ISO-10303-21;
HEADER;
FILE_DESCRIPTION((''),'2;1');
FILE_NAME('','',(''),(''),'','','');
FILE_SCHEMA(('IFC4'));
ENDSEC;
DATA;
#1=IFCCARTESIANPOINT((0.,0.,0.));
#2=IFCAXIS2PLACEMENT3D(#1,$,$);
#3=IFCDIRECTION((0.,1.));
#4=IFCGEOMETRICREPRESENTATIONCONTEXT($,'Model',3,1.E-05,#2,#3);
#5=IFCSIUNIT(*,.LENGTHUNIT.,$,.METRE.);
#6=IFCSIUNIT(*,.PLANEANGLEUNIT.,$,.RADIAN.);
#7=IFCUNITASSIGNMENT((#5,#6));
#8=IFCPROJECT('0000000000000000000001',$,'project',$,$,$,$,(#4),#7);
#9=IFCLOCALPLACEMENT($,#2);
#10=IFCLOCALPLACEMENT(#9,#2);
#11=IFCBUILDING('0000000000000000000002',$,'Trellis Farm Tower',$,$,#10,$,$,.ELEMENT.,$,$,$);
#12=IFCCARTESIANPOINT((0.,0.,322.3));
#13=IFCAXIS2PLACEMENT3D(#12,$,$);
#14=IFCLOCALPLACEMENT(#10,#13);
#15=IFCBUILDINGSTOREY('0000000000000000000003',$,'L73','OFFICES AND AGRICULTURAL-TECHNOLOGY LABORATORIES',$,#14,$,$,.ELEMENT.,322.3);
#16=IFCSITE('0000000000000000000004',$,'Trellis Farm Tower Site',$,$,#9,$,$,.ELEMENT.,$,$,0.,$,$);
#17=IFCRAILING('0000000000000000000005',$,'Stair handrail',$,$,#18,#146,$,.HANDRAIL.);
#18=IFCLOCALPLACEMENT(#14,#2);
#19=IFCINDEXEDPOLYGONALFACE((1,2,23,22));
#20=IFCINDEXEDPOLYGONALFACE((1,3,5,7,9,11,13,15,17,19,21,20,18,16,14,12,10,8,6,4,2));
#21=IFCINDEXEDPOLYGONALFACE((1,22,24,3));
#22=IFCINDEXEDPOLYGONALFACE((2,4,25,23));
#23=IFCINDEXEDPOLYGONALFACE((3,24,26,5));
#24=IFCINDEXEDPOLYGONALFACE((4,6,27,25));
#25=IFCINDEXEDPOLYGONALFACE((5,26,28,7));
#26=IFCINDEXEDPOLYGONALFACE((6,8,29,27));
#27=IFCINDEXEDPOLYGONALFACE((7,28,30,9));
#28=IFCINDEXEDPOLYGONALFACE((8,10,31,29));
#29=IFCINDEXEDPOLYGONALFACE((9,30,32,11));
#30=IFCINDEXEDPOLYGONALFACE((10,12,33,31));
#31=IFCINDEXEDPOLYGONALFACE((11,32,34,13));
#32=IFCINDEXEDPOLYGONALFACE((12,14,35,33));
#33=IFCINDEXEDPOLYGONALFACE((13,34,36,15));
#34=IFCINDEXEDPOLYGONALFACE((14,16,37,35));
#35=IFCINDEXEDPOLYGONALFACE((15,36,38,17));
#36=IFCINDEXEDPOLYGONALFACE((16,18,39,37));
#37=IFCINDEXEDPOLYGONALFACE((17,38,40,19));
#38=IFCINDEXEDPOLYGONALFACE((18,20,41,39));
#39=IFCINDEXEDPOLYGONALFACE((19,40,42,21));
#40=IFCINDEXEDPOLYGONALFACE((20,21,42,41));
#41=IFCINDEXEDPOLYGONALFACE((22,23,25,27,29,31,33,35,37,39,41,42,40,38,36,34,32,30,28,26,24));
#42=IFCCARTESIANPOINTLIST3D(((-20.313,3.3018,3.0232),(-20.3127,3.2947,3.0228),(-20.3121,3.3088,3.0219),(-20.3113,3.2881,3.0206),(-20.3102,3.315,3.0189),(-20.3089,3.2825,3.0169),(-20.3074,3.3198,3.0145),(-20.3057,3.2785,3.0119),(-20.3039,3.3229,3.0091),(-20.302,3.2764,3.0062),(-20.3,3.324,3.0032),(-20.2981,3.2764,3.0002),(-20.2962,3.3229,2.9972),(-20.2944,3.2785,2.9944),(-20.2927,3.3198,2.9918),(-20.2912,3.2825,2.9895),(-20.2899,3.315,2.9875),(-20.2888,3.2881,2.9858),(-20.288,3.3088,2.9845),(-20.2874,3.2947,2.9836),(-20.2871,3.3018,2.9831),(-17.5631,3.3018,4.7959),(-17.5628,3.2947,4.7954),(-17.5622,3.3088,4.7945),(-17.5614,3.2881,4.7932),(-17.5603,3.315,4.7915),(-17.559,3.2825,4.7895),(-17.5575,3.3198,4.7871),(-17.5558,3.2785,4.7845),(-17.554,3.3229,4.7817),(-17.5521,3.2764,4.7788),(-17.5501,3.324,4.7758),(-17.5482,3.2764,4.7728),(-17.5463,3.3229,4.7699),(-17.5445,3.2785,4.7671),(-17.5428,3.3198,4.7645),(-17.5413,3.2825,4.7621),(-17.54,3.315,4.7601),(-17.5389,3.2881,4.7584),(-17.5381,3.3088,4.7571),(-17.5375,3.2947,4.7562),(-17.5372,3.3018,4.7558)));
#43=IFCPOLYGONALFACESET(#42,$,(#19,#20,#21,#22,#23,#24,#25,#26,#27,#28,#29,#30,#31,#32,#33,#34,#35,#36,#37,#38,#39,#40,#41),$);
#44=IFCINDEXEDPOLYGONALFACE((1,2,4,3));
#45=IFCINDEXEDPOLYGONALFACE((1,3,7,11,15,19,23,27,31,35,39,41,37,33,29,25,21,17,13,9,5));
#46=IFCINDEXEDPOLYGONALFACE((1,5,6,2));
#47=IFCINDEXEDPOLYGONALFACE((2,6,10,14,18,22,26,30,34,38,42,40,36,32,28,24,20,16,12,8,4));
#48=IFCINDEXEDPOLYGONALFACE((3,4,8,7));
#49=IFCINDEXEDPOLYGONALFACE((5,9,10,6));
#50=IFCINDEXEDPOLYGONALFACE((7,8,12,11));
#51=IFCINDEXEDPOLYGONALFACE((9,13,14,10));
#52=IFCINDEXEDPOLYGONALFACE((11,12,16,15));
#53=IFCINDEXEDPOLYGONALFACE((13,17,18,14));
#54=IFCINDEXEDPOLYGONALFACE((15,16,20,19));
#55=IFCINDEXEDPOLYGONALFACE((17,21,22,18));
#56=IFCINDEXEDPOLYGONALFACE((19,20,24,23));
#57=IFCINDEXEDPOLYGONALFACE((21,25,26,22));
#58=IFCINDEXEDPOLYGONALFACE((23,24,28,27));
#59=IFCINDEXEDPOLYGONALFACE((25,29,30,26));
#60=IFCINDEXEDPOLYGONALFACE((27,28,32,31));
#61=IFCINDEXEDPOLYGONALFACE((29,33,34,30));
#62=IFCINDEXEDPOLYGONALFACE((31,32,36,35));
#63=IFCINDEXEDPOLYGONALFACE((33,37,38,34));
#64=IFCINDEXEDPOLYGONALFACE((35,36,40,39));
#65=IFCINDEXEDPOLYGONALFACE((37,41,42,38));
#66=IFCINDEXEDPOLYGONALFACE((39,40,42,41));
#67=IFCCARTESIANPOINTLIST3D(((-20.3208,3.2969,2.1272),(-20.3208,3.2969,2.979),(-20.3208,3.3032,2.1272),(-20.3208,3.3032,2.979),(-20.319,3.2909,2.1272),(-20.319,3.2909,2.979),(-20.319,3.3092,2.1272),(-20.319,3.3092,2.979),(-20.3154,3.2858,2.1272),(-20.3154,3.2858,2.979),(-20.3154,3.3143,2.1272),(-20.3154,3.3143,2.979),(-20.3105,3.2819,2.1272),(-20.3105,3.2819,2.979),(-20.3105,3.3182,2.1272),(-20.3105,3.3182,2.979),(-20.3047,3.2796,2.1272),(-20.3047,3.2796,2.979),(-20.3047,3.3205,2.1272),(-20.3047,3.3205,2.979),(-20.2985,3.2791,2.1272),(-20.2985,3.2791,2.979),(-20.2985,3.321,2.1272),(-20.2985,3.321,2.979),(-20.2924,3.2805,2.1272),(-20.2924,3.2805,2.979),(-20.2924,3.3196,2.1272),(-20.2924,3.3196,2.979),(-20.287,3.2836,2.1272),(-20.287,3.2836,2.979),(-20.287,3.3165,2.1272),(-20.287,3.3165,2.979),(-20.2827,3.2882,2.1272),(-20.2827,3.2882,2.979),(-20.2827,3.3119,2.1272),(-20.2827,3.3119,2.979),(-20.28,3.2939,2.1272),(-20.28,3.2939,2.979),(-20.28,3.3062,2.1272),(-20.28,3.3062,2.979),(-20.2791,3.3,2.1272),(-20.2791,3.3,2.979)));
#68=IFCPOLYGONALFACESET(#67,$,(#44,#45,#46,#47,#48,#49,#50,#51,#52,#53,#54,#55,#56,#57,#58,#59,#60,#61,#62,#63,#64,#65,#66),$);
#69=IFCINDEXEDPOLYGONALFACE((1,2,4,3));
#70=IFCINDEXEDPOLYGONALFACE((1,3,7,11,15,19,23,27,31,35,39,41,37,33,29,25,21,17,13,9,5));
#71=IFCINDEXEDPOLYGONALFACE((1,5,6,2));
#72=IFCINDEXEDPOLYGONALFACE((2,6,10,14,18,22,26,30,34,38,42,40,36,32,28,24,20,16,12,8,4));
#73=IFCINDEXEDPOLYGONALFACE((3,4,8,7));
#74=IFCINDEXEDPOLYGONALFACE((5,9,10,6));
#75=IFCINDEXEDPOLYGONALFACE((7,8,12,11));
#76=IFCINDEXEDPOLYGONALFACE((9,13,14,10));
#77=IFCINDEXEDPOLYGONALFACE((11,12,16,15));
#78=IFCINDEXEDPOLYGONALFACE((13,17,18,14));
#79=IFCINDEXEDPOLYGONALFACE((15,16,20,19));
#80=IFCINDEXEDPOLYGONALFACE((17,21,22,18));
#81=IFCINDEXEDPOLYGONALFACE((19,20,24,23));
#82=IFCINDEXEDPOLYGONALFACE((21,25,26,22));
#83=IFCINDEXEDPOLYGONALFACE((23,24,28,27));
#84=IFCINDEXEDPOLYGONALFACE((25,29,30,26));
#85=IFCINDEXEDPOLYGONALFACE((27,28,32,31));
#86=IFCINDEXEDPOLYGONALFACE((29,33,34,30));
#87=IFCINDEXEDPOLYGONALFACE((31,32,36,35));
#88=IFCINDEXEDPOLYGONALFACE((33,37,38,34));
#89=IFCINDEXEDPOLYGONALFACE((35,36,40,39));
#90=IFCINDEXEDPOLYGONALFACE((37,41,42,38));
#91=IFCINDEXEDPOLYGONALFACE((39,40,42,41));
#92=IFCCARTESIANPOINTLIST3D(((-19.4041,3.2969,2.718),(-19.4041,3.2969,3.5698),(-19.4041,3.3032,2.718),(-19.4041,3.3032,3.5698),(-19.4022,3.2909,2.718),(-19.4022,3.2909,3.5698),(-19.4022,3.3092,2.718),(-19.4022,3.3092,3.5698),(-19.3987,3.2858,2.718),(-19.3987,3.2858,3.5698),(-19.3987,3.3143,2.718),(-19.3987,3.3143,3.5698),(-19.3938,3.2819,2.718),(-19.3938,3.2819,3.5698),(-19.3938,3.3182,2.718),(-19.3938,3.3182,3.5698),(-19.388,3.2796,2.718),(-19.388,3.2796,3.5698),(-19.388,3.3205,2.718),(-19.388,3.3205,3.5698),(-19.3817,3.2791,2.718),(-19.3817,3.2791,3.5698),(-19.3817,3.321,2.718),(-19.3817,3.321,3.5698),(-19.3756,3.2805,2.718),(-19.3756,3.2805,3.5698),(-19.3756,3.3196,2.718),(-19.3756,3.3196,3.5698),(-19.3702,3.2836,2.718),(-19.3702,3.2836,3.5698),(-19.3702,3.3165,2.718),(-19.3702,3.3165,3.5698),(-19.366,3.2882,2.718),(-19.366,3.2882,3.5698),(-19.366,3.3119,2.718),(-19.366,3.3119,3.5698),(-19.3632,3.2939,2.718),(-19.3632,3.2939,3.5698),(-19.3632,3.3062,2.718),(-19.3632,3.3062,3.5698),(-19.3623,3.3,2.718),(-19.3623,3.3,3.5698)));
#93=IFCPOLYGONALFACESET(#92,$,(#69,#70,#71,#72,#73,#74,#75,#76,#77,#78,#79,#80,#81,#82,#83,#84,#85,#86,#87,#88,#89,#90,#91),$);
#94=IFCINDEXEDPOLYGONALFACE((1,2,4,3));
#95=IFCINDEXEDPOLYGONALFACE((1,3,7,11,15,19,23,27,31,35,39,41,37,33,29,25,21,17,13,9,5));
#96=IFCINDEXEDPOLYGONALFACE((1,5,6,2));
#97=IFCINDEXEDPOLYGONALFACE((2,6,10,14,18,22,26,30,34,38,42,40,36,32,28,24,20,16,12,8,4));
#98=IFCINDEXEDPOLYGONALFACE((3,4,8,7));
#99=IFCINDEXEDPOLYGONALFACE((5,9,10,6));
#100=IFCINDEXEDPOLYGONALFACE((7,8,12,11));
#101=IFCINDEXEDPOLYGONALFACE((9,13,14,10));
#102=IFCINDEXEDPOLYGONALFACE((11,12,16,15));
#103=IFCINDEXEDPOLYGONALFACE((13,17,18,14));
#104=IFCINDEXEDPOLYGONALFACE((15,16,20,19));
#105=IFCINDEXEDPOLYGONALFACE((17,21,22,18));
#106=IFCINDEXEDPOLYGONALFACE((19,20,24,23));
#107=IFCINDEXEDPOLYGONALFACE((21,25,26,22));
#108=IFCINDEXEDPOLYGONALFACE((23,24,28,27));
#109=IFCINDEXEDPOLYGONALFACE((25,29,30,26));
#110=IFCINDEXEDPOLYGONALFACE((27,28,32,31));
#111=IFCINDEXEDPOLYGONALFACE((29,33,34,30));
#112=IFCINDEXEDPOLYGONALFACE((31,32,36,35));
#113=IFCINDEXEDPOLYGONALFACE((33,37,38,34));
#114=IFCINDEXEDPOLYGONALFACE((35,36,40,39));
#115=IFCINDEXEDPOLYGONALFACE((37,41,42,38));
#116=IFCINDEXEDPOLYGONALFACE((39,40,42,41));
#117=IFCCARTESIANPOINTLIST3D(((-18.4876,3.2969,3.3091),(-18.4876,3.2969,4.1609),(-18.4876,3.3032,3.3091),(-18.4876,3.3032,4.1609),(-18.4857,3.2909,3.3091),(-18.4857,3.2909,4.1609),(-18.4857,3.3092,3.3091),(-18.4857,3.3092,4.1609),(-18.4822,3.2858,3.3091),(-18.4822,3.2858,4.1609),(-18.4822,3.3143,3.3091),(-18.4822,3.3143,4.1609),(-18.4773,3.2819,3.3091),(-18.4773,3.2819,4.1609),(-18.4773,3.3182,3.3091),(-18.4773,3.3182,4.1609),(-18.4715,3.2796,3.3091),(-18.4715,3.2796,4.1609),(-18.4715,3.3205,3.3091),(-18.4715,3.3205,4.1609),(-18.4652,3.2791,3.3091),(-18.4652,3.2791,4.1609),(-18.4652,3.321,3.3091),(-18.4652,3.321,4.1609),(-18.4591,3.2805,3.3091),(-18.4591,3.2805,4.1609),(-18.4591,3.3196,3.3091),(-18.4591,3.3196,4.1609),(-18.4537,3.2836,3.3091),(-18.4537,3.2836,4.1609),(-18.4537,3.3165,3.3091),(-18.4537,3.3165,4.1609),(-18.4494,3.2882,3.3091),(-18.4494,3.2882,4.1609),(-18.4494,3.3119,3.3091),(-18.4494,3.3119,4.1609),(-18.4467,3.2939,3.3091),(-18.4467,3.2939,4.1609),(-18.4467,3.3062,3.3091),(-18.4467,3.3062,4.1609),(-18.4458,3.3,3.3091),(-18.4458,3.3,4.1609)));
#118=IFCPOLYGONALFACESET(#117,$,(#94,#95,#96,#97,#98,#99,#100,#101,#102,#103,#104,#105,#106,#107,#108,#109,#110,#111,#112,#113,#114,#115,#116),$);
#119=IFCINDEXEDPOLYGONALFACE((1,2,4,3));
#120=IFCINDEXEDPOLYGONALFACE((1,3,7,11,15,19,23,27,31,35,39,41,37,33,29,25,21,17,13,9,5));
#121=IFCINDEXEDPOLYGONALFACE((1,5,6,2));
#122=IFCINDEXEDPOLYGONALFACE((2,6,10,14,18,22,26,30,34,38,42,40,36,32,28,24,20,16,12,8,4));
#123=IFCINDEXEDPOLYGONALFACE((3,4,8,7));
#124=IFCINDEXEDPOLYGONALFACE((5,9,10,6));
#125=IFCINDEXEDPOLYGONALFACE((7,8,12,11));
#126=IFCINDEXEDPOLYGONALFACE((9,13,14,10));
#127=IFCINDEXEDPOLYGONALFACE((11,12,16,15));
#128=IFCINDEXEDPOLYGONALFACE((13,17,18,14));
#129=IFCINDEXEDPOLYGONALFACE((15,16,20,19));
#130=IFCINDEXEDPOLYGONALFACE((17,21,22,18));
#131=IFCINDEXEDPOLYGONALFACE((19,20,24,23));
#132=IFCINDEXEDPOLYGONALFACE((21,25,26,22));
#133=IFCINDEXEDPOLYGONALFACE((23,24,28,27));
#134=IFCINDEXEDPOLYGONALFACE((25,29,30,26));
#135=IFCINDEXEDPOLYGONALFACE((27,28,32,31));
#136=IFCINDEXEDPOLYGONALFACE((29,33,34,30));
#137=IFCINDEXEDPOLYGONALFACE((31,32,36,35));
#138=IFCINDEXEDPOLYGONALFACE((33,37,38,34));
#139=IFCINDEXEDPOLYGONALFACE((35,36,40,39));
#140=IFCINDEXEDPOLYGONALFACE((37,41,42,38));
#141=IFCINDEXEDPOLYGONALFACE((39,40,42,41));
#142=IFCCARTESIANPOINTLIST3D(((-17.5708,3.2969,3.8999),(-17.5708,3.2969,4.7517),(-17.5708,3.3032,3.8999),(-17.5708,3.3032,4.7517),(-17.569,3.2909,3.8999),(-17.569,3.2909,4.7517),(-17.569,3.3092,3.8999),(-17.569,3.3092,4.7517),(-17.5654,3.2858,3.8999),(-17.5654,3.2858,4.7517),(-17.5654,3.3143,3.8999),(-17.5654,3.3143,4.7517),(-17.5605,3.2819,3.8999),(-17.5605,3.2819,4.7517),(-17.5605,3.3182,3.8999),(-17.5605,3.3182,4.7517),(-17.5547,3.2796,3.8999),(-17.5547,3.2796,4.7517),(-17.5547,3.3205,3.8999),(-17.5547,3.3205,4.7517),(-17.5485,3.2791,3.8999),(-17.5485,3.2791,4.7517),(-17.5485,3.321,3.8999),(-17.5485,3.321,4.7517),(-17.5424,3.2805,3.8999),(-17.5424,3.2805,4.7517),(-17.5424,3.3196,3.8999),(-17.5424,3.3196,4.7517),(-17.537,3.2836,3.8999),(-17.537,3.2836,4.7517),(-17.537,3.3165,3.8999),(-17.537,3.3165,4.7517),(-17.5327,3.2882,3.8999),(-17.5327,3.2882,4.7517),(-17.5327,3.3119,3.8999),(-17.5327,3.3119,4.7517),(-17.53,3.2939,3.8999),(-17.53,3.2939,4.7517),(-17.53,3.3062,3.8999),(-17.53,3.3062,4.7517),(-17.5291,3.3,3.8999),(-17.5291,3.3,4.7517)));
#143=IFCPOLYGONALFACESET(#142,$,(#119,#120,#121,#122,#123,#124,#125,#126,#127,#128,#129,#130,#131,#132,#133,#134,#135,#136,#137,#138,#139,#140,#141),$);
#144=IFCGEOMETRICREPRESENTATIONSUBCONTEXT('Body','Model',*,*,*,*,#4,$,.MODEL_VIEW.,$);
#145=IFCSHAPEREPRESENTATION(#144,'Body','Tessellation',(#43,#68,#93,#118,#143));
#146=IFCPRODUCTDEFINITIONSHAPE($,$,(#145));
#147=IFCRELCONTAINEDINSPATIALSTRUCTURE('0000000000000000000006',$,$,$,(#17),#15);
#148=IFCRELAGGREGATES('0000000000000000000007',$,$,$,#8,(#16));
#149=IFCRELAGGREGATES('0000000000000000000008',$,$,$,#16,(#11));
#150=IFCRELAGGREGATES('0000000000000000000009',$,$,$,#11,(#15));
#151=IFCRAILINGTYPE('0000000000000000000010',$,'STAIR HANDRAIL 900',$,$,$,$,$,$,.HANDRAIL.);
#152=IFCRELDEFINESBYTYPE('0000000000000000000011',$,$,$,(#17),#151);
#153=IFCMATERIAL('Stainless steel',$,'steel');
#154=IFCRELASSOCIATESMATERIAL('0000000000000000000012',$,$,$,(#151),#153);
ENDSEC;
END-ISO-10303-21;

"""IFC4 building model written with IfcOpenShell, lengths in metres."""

from ifc_helpers import new_model, si_unit, direction, frame, origin, origin_2d, place, context, subcontext, project, spatial, circle, extrude, source, transform, mapped, material, type_object, element, save


model = new_model("IFC4")

# Units and contexts
model_context = context("Model", 3, precision=1e-05, world=origin(), true_north=direction((0.0, 1.0)))
body_context = subcontext(model_context, "Body", "Model", "MODEL_VIEW")
ifc_project = project(units=[si_unit("LENGTHUNIT", "METRE"), si_unit("PLANEANGLEUNIT", "RADIAN")], contexts=[model_context])

# Site, building, storey
site_placement = place(None, origin())
site = spatial("IfcSite", under=ifc_project, at=site_placement, Name="Trellis Farm Tower Site", CompositionType="ELEMENT", RefElevation=0.0)
building_placement = place(site_placement, origin())
building = spatial("IfcBuilding", under=site, at=building_placement, Name="Trellis Farm Tower", CompositionType="ELEMENT")
storey_placement = place(building_placement, frame((0.0, 0.0, 322.3)))
storey = spatial("IfcBuildingStorey", under=building, at=storey_placement, Name="L73", Description="OFFICES AND AGRICULTURAL-TECHNOLOGY LABORATORIES", CompositionType="ELEMENT", Elevation=322.3)

# Railing
ifc_material_1 = material(Name="Stainless steel", Category="steel")
railing_type = type_object("IfcRailingType", Name="STAIR HANDRAIL 900", PredefinedType="HANDRAIL", material=ifc_material_1)
shared_shape_1 = source(origin(), body_context, "Body", "SweptSolid", [
    extrude(circle(Radius=0.0239, at=origin_2d()), frame((0.0, 0.0, 0.876), z_axis=(0.840504, 0.0, 0.541806), x_axis=(0.0, 1.0, 0.0)), (0.0, 0.0, 1.0), 3.2717),
    extrude(circle(Radius=0.021, at=origin_2d()), origin(), (0.0, 0.0, 1.0), 0.8518),
    extrude(circle(Radius=0.021, at=origin_2d()), frame((0.9167, 0.0, 0.5908)), (0.0, 0.0, 1.0), 0.8518),
    extrude(circle(Radius=0.021, at=origin_2d()), frame((1.8333, 0.0, 1.1819)), (0.0, 0.0, 1.0), 0.8518),
    extrude(circle(Radius=0.021, at=origin_2d()), frame((2.75, 0.0, 1.7727)), (0.0, 0.0, 1.0), 0.8518),
])
for number, where, name in (
    (1, (-20.3, 3.3, 2.1272), "Stair handrail"),
):
    element("IfcRailing", number, at=place(storey_placement, frame(where)), inside=storey, type_object=railing_type, Name=name, PredefinedType="HANDRAIL", context=body_context, shape_type="MappedRepresentation", body=[
        mapped(shared_shape_1, transform((0.0, 0.0, 0.0))),
    ])

save(model, "model.ifc")
